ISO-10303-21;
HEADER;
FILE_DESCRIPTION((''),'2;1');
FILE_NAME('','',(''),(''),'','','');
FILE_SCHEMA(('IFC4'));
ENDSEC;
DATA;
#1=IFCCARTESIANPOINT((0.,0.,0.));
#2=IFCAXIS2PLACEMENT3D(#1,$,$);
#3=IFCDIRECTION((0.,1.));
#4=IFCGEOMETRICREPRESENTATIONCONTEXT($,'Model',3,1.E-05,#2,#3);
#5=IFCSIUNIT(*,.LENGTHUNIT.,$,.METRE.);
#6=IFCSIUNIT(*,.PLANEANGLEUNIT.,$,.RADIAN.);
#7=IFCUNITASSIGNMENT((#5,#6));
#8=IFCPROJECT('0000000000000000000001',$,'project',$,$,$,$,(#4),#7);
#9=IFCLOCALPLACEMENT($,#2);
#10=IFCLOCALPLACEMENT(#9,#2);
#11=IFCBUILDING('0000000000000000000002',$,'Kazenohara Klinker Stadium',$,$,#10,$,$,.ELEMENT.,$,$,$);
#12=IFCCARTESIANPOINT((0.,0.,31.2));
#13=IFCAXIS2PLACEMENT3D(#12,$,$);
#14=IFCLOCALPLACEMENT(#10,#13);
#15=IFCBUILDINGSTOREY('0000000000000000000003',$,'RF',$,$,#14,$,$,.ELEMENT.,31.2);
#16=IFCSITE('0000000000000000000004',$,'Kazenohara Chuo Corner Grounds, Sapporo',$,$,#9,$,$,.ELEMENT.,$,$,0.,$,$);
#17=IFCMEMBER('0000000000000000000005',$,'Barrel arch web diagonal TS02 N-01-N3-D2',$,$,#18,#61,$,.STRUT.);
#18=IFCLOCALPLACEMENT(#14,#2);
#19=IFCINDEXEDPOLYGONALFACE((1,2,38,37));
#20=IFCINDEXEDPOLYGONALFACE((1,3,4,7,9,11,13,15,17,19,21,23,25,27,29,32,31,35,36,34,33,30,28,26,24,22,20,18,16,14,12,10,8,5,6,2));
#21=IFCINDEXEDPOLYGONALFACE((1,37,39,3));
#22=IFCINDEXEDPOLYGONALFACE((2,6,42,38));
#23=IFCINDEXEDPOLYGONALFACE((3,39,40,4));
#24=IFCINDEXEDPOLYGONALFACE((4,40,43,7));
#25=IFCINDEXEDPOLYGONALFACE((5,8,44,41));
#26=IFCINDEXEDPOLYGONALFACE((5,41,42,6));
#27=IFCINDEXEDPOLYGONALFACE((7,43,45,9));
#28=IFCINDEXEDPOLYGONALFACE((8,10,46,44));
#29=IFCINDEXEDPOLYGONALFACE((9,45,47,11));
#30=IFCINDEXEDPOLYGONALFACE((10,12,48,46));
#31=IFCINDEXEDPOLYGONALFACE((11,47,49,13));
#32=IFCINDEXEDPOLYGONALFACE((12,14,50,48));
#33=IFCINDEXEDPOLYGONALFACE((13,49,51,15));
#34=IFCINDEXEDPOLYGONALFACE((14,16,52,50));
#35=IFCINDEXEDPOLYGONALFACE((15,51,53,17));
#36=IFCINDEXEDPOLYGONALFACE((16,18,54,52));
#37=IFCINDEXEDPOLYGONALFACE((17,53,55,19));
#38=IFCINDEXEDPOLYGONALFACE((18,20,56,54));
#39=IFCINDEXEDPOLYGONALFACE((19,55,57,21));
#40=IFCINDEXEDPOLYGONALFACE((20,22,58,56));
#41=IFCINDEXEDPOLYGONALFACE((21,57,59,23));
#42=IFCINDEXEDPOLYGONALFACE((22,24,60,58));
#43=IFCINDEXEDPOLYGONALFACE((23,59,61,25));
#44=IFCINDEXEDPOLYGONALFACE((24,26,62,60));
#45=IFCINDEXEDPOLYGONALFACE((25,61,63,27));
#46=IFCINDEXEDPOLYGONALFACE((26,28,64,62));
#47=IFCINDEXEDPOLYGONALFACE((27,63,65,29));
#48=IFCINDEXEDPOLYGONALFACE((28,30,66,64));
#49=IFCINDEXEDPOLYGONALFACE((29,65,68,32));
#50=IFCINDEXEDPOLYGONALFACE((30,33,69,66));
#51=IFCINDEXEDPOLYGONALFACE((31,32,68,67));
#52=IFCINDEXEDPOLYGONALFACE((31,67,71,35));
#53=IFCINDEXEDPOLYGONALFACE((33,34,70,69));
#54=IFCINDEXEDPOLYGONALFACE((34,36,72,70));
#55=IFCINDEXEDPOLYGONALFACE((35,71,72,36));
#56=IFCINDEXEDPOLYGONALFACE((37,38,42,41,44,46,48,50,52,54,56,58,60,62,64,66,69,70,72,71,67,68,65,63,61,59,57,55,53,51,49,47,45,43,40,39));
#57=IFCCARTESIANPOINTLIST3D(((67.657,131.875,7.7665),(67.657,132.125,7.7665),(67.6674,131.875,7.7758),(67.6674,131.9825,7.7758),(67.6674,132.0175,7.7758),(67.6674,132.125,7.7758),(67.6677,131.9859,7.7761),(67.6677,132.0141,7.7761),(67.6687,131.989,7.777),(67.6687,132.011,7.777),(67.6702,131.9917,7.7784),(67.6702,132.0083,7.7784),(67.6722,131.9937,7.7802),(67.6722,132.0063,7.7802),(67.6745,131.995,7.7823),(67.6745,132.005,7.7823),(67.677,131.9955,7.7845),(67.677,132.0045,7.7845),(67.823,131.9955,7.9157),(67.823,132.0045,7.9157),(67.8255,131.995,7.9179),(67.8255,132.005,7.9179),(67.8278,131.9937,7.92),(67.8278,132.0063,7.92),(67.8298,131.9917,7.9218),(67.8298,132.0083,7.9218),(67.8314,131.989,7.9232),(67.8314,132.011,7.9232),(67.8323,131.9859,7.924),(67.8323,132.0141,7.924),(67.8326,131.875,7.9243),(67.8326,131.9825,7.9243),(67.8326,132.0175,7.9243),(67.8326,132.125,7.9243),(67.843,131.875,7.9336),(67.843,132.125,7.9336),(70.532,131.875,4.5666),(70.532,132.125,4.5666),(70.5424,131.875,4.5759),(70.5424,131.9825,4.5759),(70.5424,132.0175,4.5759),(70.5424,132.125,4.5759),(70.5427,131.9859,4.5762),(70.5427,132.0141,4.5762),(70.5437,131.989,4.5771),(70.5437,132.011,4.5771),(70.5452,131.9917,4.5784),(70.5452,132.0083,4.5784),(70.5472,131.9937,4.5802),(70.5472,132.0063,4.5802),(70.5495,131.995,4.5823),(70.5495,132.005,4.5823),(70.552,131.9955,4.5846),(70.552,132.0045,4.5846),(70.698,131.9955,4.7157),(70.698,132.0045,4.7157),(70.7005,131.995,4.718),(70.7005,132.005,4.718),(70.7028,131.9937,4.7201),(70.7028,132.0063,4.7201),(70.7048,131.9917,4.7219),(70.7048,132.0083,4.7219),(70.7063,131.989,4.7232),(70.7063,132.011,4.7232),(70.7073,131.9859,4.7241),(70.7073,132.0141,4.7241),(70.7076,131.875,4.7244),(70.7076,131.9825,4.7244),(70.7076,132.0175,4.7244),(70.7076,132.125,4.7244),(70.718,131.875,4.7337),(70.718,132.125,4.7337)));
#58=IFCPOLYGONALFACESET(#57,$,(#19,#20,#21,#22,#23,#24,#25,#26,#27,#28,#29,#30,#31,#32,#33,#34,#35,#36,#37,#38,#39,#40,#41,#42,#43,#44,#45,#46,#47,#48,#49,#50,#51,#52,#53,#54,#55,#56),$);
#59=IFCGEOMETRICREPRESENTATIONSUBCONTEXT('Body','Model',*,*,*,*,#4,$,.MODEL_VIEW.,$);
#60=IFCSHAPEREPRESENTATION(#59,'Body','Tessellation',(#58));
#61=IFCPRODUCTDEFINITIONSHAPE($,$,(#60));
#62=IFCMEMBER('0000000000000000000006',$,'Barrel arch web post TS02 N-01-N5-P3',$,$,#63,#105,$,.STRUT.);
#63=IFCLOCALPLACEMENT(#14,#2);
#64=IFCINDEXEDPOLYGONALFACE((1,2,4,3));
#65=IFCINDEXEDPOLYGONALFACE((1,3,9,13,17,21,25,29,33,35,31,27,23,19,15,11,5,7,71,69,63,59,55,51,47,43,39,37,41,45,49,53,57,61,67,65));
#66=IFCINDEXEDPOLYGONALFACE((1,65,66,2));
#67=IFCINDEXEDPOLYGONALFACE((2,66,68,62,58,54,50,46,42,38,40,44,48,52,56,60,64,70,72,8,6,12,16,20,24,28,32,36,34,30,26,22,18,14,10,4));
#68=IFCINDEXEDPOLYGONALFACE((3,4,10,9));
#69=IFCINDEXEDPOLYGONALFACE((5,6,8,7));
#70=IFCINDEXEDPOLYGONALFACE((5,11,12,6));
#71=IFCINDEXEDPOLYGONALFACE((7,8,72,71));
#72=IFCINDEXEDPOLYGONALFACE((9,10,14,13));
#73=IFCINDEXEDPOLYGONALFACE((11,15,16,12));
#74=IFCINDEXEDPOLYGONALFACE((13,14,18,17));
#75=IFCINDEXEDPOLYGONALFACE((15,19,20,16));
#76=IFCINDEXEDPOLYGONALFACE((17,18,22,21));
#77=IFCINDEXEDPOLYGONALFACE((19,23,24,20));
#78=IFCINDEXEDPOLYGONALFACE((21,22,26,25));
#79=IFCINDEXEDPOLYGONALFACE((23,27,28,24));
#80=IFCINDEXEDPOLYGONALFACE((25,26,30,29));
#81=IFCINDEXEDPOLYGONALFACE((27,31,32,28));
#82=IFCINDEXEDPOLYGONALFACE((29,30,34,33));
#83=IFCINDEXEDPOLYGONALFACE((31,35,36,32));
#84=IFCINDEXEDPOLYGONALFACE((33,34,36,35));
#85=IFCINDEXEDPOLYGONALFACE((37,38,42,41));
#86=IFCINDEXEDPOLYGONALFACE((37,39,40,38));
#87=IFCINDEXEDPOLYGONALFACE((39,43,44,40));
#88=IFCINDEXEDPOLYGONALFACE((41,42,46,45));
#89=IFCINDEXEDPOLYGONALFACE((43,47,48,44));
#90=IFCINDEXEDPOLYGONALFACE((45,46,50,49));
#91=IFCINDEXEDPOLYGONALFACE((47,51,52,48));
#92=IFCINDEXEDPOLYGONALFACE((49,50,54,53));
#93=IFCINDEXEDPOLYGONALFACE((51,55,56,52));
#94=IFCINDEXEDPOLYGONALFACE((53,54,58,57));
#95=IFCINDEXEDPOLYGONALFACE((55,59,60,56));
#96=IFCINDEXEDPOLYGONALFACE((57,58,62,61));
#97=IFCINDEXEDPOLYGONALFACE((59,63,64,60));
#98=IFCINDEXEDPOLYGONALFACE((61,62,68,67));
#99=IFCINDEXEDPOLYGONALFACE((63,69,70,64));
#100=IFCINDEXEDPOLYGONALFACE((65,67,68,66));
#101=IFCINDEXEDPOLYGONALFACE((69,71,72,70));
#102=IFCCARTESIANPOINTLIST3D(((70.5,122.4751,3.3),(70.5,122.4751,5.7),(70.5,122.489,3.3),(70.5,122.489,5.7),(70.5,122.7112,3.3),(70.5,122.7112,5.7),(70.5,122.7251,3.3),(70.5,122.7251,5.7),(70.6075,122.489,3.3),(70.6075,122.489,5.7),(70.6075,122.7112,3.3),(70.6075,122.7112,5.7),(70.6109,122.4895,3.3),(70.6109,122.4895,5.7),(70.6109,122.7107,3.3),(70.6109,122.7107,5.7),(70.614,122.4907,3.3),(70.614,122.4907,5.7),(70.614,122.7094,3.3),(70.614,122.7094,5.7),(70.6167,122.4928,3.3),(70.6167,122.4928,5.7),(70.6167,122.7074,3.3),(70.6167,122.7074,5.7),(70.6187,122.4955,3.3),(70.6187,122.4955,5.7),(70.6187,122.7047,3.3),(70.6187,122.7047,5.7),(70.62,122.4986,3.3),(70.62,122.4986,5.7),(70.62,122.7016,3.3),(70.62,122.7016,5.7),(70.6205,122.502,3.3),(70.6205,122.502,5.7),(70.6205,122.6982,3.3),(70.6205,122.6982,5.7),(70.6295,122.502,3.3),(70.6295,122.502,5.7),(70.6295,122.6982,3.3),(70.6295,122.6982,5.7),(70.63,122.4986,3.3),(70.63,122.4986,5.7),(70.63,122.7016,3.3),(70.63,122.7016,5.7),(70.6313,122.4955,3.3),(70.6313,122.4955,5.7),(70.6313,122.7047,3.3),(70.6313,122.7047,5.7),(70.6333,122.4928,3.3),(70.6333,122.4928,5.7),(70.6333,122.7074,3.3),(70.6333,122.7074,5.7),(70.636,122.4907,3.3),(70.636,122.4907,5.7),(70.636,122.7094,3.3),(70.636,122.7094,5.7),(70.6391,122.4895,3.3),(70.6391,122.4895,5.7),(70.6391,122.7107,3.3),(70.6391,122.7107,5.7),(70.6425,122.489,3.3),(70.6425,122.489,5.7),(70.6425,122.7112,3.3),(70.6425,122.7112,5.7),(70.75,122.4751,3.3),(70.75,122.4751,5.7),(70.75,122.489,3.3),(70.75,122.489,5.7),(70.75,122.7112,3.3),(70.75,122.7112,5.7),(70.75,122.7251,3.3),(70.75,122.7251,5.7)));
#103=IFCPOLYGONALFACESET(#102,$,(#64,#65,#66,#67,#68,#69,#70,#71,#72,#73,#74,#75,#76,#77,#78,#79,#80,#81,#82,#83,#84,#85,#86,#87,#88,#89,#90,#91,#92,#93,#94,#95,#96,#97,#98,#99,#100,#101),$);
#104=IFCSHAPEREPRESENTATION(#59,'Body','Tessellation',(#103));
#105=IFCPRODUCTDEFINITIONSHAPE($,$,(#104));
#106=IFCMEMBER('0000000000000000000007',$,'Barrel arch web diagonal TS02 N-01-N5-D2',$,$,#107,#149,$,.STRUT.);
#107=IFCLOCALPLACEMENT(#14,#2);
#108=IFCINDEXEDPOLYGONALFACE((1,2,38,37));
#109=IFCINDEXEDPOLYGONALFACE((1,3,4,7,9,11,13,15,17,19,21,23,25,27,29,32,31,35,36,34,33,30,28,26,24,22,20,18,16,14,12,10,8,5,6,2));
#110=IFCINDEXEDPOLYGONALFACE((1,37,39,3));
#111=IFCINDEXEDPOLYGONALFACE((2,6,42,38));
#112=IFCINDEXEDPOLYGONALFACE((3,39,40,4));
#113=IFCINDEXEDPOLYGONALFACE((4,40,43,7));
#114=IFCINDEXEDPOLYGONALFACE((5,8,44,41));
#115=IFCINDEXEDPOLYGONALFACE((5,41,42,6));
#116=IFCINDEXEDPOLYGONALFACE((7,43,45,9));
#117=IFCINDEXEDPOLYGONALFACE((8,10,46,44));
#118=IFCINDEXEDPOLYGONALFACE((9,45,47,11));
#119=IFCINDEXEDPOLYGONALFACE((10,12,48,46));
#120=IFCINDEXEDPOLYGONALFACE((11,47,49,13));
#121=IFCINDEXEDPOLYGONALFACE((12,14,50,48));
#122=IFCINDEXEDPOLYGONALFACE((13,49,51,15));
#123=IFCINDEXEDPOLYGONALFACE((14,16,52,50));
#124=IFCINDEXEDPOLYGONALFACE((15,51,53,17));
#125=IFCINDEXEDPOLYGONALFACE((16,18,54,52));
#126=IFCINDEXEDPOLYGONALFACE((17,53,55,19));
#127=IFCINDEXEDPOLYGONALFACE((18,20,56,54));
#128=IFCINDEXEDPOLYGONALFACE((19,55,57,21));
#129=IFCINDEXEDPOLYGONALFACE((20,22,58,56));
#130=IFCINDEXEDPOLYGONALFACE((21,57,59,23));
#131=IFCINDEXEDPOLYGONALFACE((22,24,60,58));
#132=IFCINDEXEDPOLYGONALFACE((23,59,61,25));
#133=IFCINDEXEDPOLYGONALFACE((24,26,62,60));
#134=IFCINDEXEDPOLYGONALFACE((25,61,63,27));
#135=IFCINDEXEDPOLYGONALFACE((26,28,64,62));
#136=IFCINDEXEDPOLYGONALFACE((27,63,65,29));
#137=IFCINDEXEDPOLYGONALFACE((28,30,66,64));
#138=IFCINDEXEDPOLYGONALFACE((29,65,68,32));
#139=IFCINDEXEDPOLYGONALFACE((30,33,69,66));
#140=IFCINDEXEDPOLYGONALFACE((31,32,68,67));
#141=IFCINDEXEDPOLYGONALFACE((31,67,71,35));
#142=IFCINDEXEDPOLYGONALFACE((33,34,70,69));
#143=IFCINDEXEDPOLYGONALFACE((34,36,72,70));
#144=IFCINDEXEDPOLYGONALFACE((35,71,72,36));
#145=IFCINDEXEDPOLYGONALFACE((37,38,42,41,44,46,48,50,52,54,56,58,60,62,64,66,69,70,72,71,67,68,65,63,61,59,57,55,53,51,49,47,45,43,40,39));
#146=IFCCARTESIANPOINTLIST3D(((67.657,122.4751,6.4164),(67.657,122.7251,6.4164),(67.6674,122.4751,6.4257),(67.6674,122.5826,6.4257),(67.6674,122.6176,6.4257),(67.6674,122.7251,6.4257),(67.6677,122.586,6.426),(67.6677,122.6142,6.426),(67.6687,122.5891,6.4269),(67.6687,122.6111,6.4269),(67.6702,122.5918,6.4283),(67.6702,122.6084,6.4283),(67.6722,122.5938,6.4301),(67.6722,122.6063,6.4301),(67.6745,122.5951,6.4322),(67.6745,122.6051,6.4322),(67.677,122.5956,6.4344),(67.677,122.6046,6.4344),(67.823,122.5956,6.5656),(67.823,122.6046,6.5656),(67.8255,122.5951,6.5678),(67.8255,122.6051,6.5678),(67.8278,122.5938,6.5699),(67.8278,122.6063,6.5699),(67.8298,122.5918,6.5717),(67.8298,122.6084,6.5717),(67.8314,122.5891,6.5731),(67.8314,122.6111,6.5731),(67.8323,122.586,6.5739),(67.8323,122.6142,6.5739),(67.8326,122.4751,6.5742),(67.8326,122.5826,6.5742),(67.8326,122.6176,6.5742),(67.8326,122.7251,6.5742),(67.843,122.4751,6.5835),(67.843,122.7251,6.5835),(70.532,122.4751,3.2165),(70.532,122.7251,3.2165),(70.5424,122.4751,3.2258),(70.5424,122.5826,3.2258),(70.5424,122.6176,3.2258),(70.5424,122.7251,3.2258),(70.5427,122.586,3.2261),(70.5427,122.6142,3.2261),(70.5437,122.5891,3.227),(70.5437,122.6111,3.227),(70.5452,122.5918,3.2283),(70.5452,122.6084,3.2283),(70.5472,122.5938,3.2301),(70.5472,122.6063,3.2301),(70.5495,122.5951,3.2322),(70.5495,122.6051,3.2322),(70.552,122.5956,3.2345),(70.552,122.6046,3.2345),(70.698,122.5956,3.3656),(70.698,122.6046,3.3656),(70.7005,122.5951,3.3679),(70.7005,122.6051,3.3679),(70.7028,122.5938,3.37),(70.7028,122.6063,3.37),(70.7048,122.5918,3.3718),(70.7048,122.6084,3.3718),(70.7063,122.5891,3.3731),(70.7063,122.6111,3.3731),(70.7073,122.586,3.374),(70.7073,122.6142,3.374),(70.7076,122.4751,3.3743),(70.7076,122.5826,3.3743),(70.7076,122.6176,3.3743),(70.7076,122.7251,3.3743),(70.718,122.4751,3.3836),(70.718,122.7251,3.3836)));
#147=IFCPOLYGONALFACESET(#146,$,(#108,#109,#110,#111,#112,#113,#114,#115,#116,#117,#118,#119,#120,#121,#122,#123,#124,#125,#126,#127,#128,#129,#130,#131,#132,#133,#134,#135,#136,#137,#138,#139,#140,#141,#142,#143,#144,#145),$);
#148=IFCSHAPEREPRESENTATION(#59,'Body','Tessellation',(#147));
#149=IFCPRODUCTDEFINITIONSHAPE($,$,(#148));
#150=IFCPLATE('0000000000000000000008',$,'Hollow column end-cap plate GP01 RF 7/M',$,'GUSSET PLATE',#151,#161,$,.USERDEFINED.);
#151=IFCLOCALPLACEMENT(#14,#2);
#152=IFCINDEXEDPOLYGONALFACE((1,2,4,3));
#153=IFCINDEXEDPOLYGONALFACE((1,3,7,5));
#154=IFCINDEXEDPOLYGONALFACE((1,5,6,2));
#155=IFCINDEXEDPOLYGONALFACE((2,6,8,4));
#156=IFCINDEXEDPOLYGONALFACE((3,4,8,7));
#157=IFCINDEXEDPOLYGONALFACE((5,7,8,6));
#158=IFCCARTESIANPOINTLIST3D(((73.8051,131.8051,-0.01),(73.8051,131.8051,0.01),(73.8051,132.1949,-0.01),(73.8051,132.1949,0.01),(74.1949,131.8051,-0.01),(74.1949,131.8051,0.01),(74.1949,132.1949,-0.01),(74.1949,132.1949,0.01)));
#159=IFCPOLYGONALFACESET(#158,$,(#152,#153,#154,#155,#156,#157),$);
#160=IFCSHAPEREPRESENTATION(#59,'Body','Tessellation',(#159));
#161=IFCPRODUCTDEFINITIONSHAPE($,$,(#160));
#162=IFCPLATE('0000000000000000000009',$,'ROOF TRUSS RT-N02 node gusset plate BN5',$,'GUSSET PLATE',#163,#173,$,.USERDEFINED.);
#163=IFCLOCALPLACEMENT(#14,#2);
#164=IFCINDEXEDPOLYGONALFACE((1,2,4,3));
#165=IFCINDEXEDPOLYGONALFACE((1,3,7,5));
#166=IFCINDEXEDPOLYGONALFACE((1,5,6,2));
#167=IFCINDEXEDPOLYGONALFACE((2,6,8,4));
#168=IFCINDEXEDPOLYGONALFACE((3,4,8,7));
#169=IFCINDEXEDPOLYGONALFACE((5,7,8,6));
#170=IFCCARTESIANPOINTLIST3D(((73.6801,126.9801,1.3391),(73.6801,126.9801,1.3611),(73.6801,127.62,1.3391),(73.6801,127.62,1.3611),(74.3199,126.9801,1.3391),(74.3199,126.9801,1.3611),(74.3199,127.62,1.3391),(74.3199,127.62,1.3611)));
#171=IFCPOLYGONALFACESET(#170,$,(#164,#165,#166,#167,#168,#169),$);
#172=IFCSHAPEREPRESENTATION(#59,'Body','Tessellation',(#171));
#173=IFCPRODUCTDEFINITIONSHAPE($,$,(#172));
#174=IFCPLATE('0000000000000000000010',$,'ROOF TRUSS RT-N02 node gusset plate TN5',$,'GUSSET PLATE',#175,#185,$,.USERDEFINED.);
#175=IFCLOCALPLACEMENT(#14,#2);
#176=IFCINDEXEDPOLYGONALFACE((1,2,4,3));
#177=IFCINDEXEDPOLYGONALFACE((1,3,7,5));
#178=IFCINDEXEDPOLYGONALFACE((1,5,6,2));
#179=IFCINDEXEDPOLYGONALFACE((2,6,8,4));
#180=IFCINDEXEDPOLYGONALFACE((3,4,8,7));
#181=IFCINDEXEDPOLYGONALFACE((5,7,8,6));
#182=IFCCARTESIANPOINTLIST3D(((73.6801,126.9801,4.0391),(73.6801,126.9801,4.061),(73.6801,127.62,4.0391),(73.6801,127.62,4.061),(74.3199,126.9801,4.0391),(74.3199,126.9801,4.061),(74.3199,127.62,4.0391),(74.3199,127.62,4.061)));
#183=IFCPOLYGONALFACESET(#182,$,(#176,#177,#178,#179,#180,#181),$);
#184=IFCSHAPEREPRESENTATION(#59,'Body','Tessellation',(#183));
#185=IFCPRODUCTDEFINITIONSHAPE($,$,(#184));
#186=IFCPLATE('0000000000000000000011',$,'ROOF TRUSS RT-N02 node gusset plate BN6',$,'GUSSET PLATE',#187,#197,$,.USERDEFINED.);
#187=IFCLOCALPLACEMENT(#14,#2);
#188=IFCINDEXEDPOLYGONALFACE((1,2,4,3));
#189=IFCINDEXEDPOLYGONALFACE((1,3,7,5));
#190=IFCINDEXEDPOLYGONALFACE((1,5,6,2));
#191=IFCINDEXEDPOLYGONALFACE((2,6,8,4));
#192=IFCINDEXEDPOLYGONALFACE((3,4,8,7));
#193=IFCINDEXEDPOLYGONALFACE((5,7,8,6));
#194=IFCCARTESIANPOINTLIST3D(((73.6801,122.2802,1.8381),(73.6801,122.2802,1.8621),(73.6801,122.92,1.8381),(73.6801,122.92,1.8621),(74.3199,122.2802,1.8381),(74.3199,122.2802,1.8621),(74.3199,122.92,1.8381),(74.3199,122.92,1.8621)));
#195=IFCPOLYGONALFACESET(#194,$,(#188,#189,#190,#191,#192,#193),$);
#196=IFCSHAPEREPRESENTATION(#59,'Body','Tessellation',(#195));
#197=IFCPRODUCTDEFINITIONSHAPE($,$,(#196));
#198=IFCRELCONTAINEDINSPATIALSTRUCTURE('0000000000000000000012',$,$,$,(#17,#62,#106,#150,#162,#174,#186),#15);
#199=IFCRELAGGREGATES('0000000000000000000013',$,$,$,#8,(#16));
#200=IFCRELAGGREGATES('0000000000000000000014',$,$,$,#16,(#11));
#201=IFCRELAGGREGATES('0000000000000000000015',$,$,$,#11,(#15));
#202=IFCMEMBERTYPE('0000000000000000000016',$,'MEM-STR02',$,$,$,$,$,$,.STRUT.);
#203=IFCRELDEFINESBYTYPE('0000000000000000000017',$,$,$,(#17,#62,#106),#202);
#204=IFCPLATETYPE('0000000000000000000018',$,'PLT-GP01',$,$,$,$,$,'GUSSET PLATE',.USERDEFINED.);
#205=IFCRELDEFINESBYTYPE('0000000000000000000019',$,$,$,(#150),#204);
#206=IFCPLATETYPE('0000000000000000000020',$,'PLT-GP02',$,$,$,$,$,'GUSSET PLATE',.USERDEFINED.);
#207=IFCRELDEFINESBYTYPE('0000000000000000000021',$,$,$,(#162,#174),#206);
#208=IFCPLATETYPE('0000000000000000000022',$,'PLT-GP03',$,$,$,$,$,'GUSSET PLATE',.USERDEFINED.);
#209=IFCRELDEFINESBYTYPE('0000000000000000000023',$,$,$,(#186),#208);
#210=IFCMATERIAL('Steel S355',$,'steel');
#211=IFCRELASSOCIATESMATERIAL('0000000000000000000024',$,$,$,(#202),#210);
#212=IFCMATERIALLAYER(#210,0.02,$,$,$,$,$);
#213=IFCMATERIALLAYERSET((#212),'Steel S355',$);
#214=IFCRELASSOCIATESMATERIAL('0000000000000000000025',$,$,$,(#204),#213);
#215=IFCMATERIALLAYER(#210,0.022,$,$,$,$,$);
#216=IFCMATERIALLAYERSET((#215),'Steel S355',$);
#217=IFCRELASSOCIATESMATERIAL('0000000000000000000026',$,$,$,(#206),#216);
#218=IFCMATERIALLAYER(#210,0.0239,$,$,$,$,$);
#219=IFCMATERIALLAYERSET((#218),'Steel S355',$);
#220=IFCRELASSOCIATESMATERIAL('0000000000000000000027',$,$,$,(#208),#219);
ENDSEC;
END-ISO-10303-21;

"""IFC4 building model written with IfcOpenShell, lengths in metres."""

from ifc_helpers import new_model, si_unit, direction, frame, origin, origin_2d, place, context, subcontext, project, spatial, rectangle, i_section, extrude, material, layer, layer_set, material_profile, profile_set, type_object, element, save


model = new_model("IFC4")

# Units and contexts
model_context = context("Model", 3, precision=1e-05, world=origin(), true_north=direction((0.0, 1.0)))
body_context = subcontext(model_context, "Body", "Model", "MODEL_VIEW")
ifc_project = project(units=[si_unit("LENGTHUNIT", "METRE"), si_unit("PLANEANGLEUNIT", "RADIAN")], contexts=[model_context])

# Site, building, storey
site_placement = place(None, origin())
site = spatial("IfcSite", under=ifc_project, at=site_placement, Name="Kazenohara Chuo Corner Grounds, Sapporo", CompositionType="ELEMENT", RefElevation=0.0)
building_placement = place(site_placement, origin())
building = spatial("IfcBuilding", under=site, at=building_placement, Name="Kazenohara Klinker Stadium", CompositionType="ELEMENT")
storey_placement = place(building_placement, frame((0.0, 0.0, 31.2)))
storey = spatial("IfcBuildingStorey", under=building, at=storey_placement, Name="RF", CompositionType="ELEMENT", Elevation=31.2)

# Members
ifc_material_1 = material(Name="Steel S355", Category="steel")
ifc_material_profile_1 = material_profile(ifc_material_1, i_section(OverallWidth=0.25, OverallDepth=0.25, WebThickness=0.009, FlangeThickness=0.0139, FilletRadius=0.0129, at=origin_2d()), Name="H-250x250x9x14")
ifc_profile_set_1 = profile_set([ifc_material_profile_1], Name="Steel S355")
member_type_1 = type_object("IfcMemberType", Name="MEM-STR02", PredefinedType="STRUT", material=ifc_profile_set_1)
member_1_placement = place(storey_placement, frame((70.625, 132.0, 4.6501), z_axis=(-0.668328, 0.0, 0.743867), x_axis=(0.0, -1.0, 0.0)))
element("IfcMember", 1, at=member_1_placement, inside=storey, type_object=member_type_1, Name="Barrel arch web diagonal TS02 N-01-N3-D2", PredefinedType="STRUT", context=body_context, shape_type="SweptSolid", body=[
    extrude(i_section(OverallWidth=0.25, OverallDepth=0.25, WebThickness=0.009, FlangeThickness=0.0139, FilletRadius=0.0129, at=origin_2d()), origin(), (0.0, 0.0, 1.0), 4.3018),
])
member_2_placement = place(storey_placement, frame((70.625, 122.6001, 3.3), z_axis=(0.0, 0.0, 1.0), x_axis=(1.0, 0.0, 0.0)))
element("IfcMember", 2, at=member_2_placement, inside=storey, type_object=member_type_1, Name="Barrel arch web post TS02 N-01-N5-P3", PredefinedType="STRUT", context=body_context, shape_type="SweptSolid", body=[
    extrude(i_section(OverallWidth=0.25, OverallDepth=0.25, WebThickness=0.009, FlangeThickness=0.0139, FilletRadius=0.0129, at=origin_2d()), origin(), (0.0, 0.0, 1.0), 2.3999),
])
member_3_placement = place(storey_placement, frame((70.625, 122.6001, 3.3), z_axis=(-0.668328, 0.0, 0.743867), x_axis=(0.0, -1.0, 0.0)))
element("IfcMember", 3, at=member_3_placement, inside=storey, type_object=member_type_1, Name="Barrel arch web diagonal TS02 N-01-N5-D2", PredefinedType="STRUT", context=body_context, shape_type="SweptSolid", body=[
    extrude(i_section(OverallWidth=0.25, OverallDepth=0.25, WebThickness=0.009, FlangeThickness=0.0139, FilletRadius=0.0129, at=origin_2d()), origin(), (0.0, 0.0, 1.0), 4.3018),
])

# Plates
ifc_layer_1 = layer(ifc_material_1, 0.02)
ifc_layer_set_1 = layer_set([ifc_layer_1], Name="Steel S355")
plate_type_1 = type_object("IfcPlateType", Name="PLT-GP01", ElementType="GUSSET PLATE", PredefinedType="USERDEFINED", material=ifc_layer_set_1)
plate_placement = place(storey_placement, frame((74.0, 132.0, -0.01), z_axis=(0.0, 0.0, 1.0), x_axis=(1.0, 0.0, 0.0)))
element("IfcPlate", 4, at=plate_placement, inside=storey, type_object=plate_type_1, Name="Hollow column end-cap plate GP01 RF 7/M", ObjectType="GUSSET PLATE", PredefinedType="USERDEFINED", context=body_context, shape_type="SweptSolid", body=[
    extrude(rectangle(XDim=0.3899, YDim=0.3899, at=origin_2d()), origin(), (0.0, 0.0, 1.0), 0.02),
])
ifc_layer_2 = layer(ifc_material_1, 0.022)
ifc_layer_set_2 = layer_set([ifc_layer_2], Name="Steel S355")
plate_type_2 = type_object("IfcPlateType", Name="PLT-GP02", ElementType="GUSSET PLATE", PredefinedType="USERDEFINED", material=ifc_layer_set_2)
for number, where, z_axis, x_axis, name in (
    (5, (74.0, 127.3, 1.3391), (0.0, 0.0, 1.0), (1.0, 0.0, 0.0), "ROOF TRUSS RT-N02 node gusset plate BN5"),
    (6, (74.0, 127.3, 4.0391), (0.0, 0.0, 1.0), (1.0, 0.0, 0.0), "ROOF TRUSS RT-N02 node gusset plate TN5"),
):
    element("IfcPlate", number, at=place(storey_placement, frame(where, z_axis=z_axis, x_axis=x_axis)), inside=storey, type_object=plate_type_2, Name=name, ObjectType="GUSSET PLATE", PredefinedType="USERDEFINED", context=body_context, shape_type="SweptSolid", body=[
        extrude(rectangle(XDim=0.6399, YDim=0.6399, at=origin_2d()), origin(), (0.0, 0.0, 1.0), 0.022),
    ])
ifc_layer_3 = layer(ifc_material_1, 0.0239)
ifc_layer_set_3 = layer_set([ifc_layer_3], Name="Steel S355")
plate_type_3 = type_object("IfcPlateType", Name="PLT-GP03", ElementType="GUSSET PLATE", PredefinedType="USERDEFINED", material=ifc_layer_set_3)
for number, where, z_axis, x_axis, name in (
    (7, (74.0, 122.6001, 1.8381), (0.0, 0.0, 1.0), (1.0, 0.0, 0.0), "ROOF TRUSS RT-N02 node gusset plate BN6"),
):
    element("IfcPlate", number, at=place(storey_placement, frame(where, z_axis=z_axis, x_axis=x_axis)), inside=storey, type_object=plate_type_3, Name=name, ObjectType="GUSSET PLATE", PredefinedType="USERDEFINED", context=body_context, shape_type="SweptSolid", body=[
        extrude(rectangle(XDim=0.6399, YDim=0.6399, at=origin_2d()), origin(), (0.0, 0.0, 1.0), 0.0239),
    ])

save(model, "model.ifc")
